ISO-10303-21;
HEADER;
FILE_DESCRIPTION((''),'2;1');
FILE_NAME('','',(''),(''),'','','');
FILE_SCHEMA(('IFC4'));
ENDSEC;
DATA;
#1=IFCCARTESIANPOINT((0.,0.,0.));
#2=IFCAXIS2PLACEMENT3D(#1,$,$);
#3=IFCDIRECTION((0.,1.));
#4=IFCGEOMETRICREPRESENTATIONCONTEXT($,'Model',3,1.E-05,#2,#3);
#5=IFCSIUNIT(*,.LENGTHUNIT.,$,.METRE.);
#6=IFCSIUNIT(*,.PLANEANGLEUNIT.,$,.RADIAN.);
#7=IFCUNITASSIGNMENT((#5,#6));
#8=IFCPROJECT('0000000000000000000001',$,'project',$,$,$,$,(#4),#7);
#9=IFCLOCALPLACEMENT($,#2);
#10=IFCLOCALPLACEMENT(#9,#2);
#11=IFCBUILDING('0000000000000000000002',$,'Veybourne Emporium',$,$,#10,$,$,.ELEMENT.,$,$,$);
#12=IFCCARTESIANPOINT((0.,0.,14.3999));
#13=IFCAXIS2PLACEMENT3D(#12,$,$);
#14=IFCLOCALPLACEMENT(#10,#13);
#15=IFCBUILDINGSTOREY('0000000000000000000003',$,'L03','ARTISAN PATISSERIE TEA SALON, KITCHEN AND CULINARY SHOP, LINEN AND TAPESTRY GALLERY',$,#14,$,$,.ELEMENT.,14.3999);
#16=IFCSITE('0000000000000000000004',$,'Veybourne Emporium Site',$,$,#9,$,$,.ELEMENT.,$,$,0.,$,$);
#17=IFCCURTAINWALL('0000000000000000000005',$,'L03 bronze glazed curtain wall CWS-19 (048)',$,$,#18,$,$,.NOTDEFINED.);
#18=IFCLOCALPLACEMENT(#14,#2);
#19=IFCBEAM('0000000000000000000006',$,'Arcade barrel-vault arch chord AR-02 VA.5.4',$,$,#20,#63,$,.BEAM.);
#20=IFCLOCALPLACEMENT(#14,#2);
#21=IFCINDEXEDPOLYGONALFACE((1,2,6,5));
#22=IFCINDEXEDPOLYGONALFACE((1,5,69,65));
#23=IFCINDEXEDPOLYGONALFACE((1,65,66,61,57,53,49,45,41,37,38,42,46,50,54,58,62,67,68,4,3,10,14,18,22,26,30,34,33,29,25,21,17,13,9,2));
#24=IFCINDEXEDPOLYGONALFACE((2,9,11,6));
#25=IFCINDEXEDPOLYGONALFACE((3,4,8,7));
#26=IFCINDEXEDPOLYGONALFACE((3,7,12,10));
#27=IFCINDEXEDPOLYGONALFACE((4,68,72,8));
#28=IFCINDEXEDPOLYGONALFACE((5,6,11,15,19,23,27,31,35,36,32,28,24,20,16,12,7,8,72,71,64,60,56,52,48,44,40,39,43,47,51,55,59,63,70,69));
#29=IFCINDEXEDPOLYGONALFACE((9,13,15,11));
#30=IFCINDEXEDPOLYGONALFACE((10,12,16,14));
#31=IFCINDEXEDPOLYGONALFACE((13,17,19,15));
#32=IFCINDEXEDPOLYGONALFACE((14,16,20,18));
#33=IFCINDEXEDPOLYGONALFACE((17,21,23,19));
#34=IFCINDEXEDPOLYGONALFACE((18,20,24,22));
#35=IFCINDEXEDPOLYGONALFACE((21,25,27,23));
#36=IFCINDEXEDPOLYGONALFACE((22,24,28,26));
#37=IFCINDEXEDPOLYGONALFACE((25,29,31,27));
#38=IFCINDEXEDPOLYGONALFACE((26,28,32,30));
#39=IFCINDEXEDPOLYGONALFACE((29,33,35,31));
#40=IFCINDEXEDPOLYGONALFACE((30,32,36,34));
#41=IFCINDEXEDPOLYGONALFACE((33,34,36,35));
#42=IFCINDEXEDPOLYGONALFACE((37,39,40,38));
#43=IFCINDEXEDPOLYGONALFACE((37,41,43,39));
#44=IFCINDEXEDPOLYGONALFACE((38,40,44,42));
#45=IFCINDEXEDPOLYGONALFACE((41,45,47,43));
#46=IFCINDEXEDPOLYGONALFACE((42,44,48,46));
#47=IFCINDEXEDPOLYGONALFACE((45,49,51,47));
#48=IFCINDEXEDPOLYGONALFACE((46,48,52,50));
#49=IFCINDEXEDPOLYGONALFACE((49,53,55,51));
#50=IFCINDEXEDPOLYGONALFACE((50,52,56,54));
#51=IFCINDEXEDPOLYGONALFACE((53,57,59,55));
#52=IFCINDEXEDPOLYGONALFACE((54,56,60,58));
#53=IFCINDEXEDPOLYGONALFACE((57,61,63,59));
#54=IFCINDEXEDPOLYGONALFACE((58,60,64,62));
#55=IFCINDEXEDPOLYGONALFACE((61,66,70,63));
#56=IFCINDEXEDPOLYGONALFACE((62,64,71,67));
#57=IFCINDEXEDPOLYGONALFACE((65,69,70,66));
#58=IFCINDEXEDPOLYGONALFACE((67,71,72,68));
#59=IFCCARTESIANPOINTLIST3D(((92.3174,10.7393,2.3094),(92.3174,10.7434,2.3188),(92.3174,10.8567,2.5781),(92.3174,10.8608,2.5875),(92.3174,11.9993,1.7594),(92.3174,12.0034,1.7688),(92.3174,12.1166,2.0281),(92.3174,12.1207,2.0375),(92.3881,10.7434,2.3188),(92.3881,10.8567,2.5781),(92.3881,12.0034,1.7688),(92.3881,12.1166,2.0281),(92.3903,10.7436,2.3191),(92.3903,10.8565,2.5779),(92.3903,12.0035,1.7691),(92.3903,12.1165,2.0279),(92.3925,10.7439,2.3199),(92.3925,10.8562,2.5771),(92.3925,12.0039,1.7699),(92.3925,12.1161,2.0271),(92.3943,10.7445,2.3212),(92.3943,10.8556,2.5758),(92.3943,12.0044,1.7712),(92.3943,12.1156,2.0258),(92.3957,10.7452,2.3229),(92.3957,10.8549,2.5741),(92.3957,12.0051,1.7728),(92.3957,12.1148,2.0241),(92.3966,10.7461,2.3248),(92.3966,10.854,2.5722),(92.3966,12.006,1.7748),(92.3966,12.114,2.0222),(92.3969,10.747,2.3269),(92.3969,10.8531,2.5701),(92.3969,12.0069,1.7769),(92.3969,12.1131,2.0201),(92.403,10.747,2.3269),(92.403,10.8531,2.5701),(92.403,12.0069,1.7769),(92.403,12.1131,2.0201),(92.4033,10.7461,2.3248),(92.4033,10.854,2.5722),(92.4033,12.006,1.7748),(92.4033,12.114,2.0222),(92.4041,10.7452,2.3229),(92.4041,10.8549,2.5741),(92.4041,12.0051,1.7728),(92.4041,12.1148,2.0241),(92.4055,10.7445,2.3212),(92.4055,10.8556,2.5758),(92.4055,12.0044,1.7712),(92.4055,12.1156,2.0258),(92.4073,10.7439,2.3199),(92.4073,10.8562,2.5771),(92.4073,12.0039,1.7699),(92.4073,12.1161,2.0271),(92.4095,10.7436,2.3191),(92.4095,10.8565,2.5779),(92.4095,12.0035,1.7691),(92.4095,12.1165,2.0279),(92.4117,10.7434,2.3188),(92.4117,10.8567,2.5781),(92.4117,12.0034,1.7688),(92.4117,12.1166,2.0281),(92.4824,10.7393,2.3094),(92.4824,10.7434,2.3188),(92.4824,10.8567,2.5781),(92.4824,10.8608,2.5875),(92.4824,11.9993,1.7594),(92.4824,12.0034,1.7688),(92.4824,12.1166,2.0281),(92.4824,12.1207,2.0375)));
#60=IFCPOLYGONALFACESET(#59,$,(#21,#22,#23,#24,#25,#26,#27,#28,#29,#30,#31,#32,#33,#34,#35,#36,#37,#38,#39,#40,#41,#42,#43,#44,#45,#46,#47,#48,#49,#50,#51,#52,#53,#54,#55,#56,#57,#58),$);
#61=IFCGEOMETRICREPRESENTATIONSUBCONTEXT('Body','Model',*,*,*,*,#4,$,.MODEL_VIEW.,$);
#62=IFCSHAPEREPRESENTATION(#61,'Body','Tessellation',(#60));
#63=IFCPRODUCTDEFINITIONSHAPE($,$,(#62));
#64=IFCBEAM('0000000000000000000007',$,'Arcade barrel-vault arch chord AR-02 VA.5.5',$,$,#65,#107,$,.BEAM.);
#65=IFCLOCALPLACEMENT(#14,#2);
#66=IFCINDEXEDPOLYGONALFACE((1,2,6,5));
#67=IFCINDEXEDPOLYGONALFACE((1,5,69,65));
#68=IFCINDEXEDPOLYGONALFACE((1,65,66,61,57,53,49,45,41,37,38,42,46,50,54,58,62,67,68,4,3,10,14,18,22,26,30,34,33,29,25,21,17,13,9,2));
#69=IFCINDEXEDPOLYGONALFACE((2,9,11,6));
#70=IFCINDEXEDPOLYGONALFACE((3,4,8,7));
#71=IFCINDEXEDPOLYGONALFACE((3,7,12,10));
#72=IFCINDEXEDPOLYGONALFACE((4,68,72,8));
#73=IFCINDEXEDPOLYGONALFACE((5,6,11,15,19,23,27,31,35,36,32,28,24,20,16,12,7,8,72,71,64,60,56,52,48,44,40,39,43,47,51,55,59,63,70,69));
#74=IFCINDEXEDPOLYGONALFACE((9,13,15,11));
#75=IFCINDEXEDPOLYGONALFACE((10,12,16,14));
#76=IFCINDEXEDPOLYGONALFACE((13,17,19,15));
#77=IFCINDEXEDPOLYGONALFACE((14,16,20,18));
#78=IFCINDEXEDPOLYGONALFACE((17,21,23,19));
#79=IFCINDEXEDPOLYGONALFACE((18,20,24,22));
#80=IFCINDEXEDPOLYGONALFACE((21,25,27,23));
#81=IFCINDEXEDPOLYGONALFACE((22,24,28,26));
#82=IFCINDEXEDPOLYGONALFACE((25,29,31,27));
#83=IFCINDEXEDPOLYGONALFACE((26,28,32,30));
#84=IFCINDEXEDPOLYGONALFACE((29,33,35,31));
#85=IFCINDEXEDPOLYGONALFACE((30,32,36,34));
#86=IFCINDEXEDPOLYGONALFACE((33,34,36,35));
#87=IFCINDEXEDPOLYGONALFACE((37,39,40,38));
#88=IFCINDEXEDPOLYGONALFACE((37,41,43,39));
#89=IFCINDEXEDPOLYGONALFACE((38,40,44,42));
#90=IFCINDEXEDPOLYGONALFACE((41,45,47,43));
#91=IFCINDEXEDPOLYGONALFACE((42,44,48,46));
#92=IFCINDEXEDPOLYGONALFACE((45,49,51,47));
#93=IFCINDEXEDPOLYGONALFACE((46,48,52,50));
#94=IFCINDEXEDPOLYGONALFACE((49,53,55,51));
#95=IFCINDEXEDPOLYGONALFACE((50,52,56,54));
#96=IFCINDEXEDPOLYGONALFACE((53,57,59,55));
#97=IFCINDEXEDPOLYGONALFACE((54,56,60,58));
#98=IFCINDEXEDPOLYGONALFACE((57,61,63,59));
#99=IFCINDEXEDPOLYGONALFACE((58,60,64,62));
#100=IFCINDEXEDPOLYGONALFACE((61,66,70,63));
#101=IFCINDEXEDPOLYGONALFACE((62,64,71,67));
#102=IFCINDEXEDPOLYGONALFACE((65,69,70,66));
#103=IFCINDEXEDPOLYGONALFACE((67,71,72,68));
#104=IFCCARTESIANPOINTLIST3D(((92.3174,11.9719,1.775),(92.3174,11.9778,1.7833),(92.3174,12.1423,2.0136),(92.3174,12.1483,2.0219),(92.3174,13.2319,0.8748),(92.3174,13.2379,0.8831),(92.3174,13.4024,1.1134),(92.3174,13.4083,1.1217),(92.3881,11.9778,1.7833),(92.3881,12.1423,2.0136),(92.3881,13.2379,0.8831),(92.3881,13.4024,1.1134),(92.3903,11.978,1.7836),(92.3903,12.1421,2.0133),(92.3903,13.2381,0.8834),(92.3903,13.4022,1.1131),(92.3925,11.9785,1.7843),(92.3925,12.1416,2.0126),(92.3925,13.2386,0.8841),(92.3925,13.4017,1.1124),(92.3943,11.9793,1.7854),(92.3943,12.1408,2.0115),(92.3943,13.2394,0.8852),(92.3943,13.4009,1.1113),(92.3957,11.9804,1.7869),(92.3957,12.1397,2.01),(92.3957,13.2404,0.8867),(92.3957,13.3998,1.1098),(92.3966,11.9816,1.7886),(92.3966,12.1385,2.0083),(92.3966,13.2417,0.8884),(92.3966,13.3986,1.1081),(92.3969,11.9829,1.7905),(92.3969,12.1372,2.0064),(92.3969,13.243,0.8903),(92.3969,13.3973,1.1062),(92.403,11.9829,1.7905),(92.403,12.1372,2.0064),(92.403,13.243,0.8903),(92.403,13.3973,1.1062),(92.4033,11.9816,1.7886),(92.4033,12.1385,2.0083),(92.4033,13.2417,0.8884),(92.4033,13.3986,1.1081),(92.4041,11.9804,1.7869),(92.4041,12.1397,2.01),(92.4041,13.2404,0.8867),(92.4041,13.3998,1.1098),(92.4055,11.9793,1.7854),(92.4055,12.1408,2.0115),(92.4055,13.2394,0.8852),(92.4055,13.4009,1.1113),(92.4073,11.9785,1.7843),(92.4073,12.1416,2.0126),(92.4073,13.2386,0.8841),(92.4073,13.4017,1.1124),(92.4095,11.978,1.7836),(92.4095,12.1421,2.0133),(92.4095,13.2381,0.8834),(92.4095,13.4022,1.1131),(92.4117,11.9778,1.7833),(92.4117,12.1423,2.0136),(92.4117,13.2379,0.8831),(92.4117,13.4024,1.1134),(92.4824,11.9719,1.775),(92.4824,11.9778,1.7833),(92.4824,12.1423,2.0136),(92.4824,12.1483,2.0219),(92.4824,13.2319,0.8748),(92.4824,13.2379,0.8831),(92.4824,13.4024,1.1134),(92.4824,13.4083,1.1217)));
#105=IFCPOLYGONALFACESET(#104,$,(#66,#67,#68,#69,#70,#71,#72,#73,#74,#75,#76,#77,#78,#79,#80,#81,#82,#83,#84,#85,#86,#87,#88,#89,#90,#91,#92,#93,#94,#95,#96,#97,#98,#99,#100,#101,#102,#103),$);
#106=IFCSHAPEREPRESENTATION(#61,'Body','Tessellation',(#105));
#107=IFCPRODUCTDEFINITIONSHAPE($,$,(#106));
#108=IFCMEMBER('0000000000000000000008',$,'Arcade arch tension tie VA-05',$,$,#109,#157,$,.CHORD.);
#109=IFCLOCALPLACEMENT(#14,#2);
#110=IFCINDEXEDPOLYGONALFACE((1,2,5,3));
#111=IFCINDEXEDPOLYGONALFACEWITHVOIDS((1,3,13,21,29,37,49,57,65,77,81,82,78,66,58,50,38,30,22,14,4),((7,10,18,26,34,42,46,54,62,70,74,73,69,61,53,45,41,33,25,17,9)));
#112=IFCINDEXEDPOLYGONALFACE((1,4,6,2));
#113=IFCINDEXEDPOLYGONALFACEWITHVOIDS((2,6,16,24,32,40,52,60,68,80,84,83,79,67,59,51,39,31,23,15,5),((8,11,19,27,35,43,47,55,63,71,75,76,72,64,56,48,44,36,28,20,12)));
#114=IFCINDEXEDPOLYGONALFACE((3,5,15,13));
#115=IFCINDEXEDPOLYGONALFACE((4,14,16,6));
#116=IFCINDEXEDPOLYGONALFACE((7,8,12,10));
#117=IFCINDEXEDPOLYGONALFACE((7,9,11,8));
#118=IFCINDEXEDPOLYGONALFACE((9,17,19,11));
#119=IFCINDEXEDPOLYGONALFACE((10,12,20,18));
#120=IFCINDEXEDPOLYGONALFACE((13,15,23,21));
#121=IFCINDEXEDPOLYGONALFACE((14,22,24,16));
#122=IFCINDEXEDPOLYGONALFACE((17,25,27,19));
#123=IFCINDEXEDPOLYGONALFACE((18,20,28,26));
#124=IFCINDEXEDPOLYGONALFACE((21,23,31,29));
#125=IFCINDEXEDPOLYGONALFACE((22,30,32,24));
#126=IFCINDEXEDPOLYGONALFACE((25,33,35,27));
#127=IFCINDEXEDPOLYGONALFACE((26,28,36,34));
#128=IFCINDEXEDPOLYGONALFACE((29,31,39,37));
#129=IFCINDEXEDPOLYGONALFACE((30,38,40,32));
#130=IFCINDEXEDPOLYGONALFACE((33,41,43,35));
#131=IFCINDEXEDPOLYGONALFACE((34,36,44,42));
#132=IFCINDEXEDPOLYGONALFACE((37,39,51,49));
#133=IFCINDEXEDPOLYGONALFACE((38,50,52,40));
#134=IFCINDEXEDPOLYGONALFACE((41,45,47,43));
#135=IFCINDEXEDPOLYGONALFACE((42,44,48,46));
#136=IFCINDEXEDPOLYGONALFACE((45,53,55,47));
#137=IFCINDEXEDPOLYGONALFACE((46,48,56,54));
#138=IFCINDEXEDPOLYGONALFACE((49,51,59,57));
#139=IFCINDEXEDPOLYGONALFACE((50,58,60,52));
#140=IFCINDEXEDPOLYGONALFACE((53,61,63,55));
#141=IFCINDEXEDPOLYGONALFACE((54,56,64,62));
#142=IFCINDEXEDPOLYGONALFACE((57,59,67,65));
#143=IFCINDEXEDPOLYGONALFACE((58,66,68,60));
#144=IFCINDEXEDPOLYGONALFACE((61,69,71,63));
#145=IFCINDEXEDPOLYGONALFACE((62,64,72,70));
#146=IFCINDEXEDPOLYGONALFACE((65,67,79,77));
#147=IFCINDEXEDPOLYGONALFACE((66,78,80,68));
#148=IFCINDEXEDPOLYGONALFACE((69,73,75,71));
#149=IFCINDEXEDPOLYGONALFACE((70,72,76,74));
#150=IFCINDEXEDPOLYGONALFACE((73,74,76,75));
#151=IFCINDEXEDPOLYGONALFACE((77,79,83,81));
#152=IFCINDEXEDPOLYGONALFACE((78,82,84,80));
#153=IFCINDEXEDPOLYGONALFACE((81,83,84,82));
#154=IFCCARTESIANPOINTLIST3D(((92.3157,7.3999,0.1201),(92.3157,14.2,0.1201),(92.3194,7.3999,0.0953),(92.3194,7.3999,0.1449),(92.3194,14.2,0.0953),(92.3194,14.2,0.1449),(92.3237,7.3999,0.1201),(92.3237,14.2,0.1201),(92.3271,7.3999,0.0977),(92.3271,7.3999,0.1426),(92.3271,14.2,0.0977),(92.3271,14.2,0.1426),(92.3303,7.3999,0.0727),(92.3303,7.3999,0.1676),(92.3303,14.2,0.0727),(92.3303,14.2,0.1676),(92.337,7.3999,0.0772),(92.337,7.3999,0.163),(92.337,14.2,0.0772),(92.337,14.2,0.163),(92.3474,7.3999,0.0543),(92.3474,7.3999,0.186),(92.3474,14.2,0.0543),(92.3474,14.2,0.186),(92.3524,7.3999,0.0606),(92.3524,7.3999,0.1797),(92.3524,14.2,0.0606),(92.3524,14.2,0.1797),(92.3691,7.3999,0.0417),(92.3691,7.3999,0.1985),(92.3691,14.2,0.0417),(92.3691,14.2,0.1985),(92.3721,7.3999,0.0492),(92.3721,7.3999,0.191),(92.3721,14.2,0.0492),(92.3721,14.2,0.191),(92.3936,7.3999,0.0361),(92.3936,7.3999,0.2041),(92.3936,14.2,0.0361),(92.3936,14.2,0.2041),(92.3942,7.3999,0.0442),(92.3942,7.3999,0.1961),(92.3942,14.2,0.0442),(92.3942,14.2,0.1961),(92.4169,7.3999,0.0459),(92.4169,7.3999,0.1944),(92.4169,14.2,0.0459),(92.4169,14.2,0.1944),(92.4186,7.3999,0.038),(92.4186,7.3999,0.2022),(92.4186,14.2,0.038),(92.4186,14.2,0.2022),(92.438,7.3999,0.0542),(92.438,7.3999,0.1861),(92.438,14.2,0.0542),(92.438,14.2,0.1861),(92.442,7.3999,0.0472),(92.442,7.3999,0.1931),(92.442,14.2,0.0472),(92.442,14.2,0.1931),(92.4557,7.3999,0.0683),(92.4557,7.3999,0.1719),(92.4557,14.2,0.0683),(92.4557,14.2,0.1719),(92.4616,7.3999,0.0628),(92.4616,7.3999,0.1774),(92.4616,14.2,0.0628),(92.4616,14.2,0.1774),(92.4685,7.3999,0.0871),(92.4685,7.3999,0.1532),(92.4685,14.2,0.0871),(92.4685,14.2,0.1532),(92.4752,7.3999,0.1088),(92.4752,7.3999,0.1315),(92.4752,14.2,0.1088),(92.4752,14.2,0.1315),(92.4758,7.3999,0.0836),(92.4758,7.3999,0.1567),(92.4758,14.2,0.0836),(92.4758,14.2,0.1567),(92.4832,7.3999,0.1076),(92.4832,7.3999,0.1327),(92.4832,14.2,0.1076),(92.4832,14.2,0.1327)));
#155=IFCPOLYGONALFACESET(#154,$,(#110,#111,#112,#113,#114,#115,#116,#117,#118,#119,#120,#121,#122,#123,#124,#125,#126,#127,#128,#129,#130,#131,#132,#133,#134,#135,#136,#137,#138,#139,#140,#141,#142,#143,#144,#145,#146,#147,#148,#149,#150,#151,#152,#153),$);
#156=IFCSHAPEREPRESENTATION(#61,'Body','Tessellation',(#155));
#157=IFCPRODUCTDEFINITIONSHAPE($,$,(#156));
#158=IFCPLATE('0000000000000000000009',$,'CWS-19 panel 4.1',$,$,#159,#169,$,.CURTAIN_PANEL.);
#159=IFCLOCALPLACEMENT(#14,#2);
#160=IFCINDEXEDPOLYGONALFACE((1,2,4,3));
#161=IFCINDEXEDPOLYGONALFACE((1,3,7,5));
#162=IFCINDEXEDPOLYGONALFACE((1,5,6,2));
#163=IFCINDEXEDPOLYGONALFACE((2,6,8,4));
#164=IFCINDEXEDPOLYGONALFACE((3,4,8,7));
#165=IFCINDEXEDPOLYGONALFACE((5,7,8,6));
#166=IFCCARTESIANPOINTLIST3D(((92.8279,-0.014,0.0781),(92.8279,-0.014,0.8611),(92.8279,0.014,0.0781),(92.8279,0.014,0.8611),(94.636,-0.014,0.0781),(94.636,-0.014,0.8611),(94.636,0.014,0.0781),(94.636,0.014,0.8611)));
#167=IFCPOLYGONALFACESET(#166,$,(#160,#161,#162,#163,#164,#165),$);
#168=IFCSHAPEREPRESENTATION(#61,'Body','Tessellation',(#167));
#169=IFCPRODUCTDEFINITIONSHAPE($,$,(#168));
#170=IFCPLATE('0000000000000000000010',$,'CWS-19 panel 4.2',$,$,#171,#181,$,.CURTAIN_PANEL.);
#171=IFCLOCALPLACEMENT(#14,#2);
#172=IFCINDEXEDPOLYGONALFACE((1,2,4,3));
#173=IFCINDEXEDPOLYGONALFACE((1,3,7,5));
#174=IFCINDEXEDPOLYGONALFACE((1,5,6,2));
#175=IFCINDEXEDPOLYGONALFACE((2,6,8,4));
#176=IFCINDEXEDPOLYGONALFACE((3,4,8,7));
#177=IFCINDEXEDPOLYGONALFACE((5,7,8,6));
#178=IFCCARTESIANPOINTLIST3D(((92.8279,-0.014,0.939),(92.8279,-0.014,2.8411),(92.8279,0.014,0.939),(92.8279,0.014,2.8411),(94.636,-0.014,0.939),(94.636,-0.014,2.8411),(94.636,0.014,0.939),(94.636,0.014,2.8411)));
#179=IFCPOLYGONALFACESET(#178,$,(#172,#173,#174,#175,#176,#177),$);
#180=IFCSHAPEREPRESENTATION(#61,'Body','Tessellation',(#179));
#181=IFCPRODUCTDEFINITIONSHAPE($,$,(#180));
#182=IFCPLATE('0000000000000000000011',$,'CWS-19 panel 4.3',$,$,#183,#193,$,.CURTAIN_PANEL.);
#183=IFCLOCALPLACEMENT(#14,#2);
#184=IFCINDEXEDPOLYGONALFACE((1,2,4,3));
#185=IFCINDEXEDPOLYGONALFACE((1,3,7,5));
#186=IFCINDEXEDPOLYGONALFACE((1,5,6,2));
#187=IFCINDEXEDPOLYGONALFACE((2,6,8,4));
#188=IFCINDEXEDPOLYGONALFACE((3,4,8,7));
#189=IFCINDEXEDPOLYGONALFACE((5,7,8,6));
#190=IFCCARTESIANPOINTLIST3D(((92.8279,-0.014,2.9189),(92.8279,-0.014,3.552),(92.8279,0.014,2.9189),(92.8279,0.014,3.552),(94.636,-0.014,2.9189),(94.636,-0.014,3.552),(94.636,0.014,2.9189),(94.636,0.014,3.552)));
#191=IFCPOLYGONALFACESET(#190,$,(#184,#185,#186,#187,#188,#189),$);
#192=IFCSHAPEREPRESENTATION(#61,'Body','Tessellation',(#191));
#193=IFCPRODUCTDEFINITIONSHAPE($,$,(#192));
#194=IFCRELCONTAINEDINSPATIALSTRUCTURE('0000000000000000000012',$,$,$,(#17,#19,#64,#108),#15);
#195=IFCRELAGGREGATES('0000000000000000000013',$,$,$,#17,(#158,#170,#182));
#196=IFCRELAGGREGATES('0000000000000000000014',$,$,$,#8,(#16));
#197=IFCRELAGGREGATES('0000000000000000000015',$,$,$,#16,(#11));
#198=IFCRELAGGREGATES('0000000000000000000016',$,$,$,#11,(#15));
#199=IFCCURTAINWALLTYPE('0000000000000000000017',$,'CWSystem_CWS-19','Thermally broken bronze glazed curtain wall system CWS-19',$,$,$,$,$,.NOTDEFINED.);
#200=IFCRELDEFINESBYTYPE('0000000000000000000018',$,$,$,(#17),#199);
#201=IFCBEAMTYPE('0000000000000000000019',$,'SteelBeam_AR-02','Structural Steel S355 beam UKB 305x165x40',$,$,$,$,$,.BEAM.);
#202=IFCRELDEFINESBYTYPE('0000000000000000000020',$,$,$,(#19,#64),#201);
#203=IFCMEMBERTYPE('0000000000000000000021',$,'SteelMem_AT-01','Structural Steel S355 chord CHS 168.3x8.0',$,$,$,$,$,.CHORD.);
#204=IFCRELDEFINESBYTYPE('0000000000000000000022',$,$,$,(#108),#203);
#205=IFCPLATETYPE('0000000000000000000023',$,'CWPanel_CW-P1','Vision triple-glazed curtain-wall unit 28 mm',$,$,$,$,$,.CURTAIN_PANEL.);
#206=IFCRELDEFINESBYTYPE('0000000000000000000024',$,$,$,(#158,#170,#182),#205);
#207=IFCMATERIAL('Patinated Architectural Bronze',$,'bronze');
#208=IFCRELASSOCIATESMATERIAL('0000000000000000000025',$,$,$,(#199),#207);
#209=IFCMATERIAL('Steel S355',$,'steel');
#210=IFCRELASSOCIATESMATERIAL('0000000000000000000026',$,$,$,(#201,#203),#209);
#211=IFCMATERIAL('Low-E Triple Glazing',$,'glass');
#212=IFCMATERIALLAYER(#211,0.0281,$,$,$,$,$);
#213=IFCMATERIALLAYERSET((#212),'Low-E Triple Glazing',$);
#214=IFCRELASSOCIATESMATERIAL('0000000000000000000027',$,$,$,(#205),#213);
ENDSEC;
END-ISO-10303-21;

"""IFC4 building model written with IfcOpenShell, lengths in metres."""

from ifc_helpers import new_model, si_unit, direction, frame, origin, origin_2d, place, context, subcontext, project, spatial, rectangle, hollow_circle, i_section, extrude, material, layer, layer_set, material_profile, profile_set, type_object, element, aggregate, save


model = new_model("IFC4")

# Units and contexts
model_context = context("Model", 3, precision=1e-05, world=origin(), true_north=direction((0.0, 1.0)))
body_context = subcontext(model_context, "Body", "Model", "MODEL_VIEW")
ifc_project = project(units=[si_unit("LENGTHUNIT", "METRE"), si_unit("PLANEANGLEUNIT", "RADIAN")], contexts=[model_context])

# Site, building, storey
site_placement = place(None, origin())
site = spatial("IfcSite", under=ifc_project, at=site_placement, Name="Veybourne Emporium Site", CompositionType="ELEMENT", RefElevation=0.0)
building_placement = place(site_placement, origin())
building = spatial("IfcBuilding", under=site, at=building_placement, Name="Veybourne Emporium", CompositionType="ELEMENT")
storey_placement = place(building_placement, frame((0.0, 0.0, 14.3999)))
storey = spatial("IfcBuildingStorey", under=building, at=storey_placement, Name="L03", Description="ARTISAN PATISSERIE TEA SALON, KITCHEN AND CULINARY SHOP, LINEN AND TAPESTRY GALLERY", CompositionType="ELEMENT", Elevation=14.3999)

# Curtain wall
ifc_material_1 = material(Name="Patinated Architectural Bronze", Category="bronze")
curtain_wall_type = type_object("IfcCurtainWallType", Name="CWSystem_CWS-19", Description="Thermally broken bronze glazed curtain wall system CWS-19", PredefinedType="NOTDEFINED", material=ifc_material_1)
curtain_wall_placement = place(storey_placement, origin())
curtain_wall = element("IfcCurtainWall", 1, at=curtain_wall_placement, inside=storey, type_object=curtain_wall_type, Name="L03 bronze glazed curtain wall CWS-19 (048)", PredefinedType="NOTDEFINED")

# Beams
ifc_material_2 = material(Name="Steel S355", Category="steel")
ifc_material_profile_1 = material_profile(ifc_material_2, i_section(OverallWidth=0.165, OverallDepth=0.3035, WebThickness=0.0061, FlangeThickness=0.0103, FilletRadius=0.0088, at=origin_2d()), Name="UKB 305x165x40")
ifc_profile_set_1 = profile_set([ifc_material_profile_1], Name="Steel S355")
beam_type_1 = type_object("IfcBeamType", Name="SteelBeam_AR-02", Description="Structural Steel S355 beam UKB 305x165x40", PredefinedType="BEAM", material=ifc_profile_set_1)
for number, where, z_axis, x_axis, name in (
    (2, (92.3999, 10.8, 2.4485), (0.0, 0.916479, -0.400083), (-1.0, 0.0, 0.0), "Arcade barrel-vault arch chord AR-02 VA.5.4"),
):
    element("IfcBeam", number, at=place(storey_placement, frame(where, z_axis=z_axis, x_axis=x_axis)), inside=storey, type_object=beam_type_1, Name=name, PredefinedType="BEAM", context=body_context, shape_type="SweptSolid", body=[
        extrude(i_section(OverallWidth=0.165, OverallDepth=0.3035, WebThickness=0.0061, FlangeThickness=0.0103, FilletRadius=0.0088, at=origin_2d()), origin(), (0.0, 0.0, 1.0), 1.3748),
    ])
beam_1_placement = place(storey_placement, frame((92.3999, 12.0601, 1.8984), z_axis=(0.0, 0.813691, -0.581298), x_axis=(-1.0, 0.0, 0.0)))
element("IfcBeam", 3, at=beam_1_placement, inside=storey, type_object=beam_type_1, Name="Arcade barrel-vault arch chord AR-02 VA.5.5", PredefinedType="BEAM", context=body_context, shape_type="SweptSolid", body=[
    extrude(i_section(OverallWidth=0.165, OverallDepth=0.3035, WebThickness=0.0061, FlangeThickness=0.0103, FilletRadius=0.0088, at=origin_2d()), origin(), (0.0, 0.0, 1.0), 1.5486),
])

# Member
ifc_material_profile_2 = material_profile(ifc_material_2, hollow_circle(Radius=0.0842, WallThickness=0.0081, at=origin_2d()), Name="CHS 168.3x8.0")
ifc_profile_set_2 = profile_set([ifc_material_profile_2], Name="Steel S355")
member_type_1 = type_object("IfcMemberType", Name="SteelMem_AT-01", Description="Structural Steel S355 chord CHS 168.3x8.0", PredefinedType="CHORD", material=ifc_profile_set_2)
member_1_placement = place(storey_placement, frame((92.3999, 7.3999, 0.1201), z_axis=(0.0, 1.0, 0.0), x_axis=(-1.0, 0.0, 0.0)))
element("IfcMember", 4, at=member_1_placement, inside=storey, type_object=member_type_1, Name="Arcade arch tension tie VA-05", PredefinedType="CHORD", context=body_context, shape_type="SweptSolid", body=[
    extrude(hollow_circle(Radius=0.0842, WallThickness=0.0081, at=origin_2d()), origin(), (0.0, 0.0, 1.0), 6.8),
])

# Plates
ifc_material_3 = material(Name="Low-E Triple Glazing", Category="glass")
ifc_layer_1 = layer(ifc_material_3, 0.0281)
ifc_layer_set_1 = layer_set([ifc_layer_1], Name="Low-E Triple Glazing")
plate_type_1 = type_object("IfcPlateType", Name="CWPanel_CW-P1", Description="Vision triple-glazed curtain-wall unit 28 mm", PredefinedType="CURTAIN_PANEL", material=ifc_layer_set_1)
plate_1_placement = place(storey_placement, frame((93.7319, 0.0, 0.0781), z_axis=(0.0, 0.0, 1.0), x_axis=(-1.0, 0.0, 0.0)))
plate_1 = element("IfcPlate", 5, at=plate_1_placement, type_object=plate_type_1, Name="CWS-19 panel 4.1", PredefinedType="CURTAIN_PANEL", context=body_context, shape_type="SweptSolid", body=[
    extrude(rectangle(XDim=1.8081, YDim=0.0281, at=origin_2d()), origin(), (0.0, 0.0, 1.0), 0.783),
])
plate_2_placement = place(storey_placement, frame((93.7319, 0.0, 0.939), z_axis=(0.0, 0.0, 1.0), x_axis=(-1.0, 0.0, 0.0)))
plate_2 = element("IfcPlate", 6, at=plate_2_placement, type_object=plate_type_1, Name="CWS-19 panel 4.2", PredefinedType="CURTAIN_PANEL", context=body_context, shape_type="SweptSolid", body=[
    extrude(rectangle(XDim=1.8081, YDim=0.0281, at=origin_2d()), origin(), (0.0, 0.0, 1.0), 1.9021),
])
plate_3_placement = place(storey_placement, frame((93.7319, 0.0, 2.9189), z_axis=(0.0, 0.0, 1.0), x_axis=(-1.0, 0.0, 0.0)))
plate_3 = element("IfcPlate", 7, at=plate_3_placement, type_object=plate_type_1, Name="CWS-19 panel 4.3", PredefinedType="CURTAIN_PANEL", context=body_context, shape_type="SweptSolid", body=[
    extrude(rectangle(XDim=1.8081, YDim=0.0281, at=origin_2d()), origin(), (0.0, 0.0, 1.0), 0.6331),
])
aggregate(curtain_wall, [plate_1, plate_2, plate_3])

save(model, "model.ifc")
